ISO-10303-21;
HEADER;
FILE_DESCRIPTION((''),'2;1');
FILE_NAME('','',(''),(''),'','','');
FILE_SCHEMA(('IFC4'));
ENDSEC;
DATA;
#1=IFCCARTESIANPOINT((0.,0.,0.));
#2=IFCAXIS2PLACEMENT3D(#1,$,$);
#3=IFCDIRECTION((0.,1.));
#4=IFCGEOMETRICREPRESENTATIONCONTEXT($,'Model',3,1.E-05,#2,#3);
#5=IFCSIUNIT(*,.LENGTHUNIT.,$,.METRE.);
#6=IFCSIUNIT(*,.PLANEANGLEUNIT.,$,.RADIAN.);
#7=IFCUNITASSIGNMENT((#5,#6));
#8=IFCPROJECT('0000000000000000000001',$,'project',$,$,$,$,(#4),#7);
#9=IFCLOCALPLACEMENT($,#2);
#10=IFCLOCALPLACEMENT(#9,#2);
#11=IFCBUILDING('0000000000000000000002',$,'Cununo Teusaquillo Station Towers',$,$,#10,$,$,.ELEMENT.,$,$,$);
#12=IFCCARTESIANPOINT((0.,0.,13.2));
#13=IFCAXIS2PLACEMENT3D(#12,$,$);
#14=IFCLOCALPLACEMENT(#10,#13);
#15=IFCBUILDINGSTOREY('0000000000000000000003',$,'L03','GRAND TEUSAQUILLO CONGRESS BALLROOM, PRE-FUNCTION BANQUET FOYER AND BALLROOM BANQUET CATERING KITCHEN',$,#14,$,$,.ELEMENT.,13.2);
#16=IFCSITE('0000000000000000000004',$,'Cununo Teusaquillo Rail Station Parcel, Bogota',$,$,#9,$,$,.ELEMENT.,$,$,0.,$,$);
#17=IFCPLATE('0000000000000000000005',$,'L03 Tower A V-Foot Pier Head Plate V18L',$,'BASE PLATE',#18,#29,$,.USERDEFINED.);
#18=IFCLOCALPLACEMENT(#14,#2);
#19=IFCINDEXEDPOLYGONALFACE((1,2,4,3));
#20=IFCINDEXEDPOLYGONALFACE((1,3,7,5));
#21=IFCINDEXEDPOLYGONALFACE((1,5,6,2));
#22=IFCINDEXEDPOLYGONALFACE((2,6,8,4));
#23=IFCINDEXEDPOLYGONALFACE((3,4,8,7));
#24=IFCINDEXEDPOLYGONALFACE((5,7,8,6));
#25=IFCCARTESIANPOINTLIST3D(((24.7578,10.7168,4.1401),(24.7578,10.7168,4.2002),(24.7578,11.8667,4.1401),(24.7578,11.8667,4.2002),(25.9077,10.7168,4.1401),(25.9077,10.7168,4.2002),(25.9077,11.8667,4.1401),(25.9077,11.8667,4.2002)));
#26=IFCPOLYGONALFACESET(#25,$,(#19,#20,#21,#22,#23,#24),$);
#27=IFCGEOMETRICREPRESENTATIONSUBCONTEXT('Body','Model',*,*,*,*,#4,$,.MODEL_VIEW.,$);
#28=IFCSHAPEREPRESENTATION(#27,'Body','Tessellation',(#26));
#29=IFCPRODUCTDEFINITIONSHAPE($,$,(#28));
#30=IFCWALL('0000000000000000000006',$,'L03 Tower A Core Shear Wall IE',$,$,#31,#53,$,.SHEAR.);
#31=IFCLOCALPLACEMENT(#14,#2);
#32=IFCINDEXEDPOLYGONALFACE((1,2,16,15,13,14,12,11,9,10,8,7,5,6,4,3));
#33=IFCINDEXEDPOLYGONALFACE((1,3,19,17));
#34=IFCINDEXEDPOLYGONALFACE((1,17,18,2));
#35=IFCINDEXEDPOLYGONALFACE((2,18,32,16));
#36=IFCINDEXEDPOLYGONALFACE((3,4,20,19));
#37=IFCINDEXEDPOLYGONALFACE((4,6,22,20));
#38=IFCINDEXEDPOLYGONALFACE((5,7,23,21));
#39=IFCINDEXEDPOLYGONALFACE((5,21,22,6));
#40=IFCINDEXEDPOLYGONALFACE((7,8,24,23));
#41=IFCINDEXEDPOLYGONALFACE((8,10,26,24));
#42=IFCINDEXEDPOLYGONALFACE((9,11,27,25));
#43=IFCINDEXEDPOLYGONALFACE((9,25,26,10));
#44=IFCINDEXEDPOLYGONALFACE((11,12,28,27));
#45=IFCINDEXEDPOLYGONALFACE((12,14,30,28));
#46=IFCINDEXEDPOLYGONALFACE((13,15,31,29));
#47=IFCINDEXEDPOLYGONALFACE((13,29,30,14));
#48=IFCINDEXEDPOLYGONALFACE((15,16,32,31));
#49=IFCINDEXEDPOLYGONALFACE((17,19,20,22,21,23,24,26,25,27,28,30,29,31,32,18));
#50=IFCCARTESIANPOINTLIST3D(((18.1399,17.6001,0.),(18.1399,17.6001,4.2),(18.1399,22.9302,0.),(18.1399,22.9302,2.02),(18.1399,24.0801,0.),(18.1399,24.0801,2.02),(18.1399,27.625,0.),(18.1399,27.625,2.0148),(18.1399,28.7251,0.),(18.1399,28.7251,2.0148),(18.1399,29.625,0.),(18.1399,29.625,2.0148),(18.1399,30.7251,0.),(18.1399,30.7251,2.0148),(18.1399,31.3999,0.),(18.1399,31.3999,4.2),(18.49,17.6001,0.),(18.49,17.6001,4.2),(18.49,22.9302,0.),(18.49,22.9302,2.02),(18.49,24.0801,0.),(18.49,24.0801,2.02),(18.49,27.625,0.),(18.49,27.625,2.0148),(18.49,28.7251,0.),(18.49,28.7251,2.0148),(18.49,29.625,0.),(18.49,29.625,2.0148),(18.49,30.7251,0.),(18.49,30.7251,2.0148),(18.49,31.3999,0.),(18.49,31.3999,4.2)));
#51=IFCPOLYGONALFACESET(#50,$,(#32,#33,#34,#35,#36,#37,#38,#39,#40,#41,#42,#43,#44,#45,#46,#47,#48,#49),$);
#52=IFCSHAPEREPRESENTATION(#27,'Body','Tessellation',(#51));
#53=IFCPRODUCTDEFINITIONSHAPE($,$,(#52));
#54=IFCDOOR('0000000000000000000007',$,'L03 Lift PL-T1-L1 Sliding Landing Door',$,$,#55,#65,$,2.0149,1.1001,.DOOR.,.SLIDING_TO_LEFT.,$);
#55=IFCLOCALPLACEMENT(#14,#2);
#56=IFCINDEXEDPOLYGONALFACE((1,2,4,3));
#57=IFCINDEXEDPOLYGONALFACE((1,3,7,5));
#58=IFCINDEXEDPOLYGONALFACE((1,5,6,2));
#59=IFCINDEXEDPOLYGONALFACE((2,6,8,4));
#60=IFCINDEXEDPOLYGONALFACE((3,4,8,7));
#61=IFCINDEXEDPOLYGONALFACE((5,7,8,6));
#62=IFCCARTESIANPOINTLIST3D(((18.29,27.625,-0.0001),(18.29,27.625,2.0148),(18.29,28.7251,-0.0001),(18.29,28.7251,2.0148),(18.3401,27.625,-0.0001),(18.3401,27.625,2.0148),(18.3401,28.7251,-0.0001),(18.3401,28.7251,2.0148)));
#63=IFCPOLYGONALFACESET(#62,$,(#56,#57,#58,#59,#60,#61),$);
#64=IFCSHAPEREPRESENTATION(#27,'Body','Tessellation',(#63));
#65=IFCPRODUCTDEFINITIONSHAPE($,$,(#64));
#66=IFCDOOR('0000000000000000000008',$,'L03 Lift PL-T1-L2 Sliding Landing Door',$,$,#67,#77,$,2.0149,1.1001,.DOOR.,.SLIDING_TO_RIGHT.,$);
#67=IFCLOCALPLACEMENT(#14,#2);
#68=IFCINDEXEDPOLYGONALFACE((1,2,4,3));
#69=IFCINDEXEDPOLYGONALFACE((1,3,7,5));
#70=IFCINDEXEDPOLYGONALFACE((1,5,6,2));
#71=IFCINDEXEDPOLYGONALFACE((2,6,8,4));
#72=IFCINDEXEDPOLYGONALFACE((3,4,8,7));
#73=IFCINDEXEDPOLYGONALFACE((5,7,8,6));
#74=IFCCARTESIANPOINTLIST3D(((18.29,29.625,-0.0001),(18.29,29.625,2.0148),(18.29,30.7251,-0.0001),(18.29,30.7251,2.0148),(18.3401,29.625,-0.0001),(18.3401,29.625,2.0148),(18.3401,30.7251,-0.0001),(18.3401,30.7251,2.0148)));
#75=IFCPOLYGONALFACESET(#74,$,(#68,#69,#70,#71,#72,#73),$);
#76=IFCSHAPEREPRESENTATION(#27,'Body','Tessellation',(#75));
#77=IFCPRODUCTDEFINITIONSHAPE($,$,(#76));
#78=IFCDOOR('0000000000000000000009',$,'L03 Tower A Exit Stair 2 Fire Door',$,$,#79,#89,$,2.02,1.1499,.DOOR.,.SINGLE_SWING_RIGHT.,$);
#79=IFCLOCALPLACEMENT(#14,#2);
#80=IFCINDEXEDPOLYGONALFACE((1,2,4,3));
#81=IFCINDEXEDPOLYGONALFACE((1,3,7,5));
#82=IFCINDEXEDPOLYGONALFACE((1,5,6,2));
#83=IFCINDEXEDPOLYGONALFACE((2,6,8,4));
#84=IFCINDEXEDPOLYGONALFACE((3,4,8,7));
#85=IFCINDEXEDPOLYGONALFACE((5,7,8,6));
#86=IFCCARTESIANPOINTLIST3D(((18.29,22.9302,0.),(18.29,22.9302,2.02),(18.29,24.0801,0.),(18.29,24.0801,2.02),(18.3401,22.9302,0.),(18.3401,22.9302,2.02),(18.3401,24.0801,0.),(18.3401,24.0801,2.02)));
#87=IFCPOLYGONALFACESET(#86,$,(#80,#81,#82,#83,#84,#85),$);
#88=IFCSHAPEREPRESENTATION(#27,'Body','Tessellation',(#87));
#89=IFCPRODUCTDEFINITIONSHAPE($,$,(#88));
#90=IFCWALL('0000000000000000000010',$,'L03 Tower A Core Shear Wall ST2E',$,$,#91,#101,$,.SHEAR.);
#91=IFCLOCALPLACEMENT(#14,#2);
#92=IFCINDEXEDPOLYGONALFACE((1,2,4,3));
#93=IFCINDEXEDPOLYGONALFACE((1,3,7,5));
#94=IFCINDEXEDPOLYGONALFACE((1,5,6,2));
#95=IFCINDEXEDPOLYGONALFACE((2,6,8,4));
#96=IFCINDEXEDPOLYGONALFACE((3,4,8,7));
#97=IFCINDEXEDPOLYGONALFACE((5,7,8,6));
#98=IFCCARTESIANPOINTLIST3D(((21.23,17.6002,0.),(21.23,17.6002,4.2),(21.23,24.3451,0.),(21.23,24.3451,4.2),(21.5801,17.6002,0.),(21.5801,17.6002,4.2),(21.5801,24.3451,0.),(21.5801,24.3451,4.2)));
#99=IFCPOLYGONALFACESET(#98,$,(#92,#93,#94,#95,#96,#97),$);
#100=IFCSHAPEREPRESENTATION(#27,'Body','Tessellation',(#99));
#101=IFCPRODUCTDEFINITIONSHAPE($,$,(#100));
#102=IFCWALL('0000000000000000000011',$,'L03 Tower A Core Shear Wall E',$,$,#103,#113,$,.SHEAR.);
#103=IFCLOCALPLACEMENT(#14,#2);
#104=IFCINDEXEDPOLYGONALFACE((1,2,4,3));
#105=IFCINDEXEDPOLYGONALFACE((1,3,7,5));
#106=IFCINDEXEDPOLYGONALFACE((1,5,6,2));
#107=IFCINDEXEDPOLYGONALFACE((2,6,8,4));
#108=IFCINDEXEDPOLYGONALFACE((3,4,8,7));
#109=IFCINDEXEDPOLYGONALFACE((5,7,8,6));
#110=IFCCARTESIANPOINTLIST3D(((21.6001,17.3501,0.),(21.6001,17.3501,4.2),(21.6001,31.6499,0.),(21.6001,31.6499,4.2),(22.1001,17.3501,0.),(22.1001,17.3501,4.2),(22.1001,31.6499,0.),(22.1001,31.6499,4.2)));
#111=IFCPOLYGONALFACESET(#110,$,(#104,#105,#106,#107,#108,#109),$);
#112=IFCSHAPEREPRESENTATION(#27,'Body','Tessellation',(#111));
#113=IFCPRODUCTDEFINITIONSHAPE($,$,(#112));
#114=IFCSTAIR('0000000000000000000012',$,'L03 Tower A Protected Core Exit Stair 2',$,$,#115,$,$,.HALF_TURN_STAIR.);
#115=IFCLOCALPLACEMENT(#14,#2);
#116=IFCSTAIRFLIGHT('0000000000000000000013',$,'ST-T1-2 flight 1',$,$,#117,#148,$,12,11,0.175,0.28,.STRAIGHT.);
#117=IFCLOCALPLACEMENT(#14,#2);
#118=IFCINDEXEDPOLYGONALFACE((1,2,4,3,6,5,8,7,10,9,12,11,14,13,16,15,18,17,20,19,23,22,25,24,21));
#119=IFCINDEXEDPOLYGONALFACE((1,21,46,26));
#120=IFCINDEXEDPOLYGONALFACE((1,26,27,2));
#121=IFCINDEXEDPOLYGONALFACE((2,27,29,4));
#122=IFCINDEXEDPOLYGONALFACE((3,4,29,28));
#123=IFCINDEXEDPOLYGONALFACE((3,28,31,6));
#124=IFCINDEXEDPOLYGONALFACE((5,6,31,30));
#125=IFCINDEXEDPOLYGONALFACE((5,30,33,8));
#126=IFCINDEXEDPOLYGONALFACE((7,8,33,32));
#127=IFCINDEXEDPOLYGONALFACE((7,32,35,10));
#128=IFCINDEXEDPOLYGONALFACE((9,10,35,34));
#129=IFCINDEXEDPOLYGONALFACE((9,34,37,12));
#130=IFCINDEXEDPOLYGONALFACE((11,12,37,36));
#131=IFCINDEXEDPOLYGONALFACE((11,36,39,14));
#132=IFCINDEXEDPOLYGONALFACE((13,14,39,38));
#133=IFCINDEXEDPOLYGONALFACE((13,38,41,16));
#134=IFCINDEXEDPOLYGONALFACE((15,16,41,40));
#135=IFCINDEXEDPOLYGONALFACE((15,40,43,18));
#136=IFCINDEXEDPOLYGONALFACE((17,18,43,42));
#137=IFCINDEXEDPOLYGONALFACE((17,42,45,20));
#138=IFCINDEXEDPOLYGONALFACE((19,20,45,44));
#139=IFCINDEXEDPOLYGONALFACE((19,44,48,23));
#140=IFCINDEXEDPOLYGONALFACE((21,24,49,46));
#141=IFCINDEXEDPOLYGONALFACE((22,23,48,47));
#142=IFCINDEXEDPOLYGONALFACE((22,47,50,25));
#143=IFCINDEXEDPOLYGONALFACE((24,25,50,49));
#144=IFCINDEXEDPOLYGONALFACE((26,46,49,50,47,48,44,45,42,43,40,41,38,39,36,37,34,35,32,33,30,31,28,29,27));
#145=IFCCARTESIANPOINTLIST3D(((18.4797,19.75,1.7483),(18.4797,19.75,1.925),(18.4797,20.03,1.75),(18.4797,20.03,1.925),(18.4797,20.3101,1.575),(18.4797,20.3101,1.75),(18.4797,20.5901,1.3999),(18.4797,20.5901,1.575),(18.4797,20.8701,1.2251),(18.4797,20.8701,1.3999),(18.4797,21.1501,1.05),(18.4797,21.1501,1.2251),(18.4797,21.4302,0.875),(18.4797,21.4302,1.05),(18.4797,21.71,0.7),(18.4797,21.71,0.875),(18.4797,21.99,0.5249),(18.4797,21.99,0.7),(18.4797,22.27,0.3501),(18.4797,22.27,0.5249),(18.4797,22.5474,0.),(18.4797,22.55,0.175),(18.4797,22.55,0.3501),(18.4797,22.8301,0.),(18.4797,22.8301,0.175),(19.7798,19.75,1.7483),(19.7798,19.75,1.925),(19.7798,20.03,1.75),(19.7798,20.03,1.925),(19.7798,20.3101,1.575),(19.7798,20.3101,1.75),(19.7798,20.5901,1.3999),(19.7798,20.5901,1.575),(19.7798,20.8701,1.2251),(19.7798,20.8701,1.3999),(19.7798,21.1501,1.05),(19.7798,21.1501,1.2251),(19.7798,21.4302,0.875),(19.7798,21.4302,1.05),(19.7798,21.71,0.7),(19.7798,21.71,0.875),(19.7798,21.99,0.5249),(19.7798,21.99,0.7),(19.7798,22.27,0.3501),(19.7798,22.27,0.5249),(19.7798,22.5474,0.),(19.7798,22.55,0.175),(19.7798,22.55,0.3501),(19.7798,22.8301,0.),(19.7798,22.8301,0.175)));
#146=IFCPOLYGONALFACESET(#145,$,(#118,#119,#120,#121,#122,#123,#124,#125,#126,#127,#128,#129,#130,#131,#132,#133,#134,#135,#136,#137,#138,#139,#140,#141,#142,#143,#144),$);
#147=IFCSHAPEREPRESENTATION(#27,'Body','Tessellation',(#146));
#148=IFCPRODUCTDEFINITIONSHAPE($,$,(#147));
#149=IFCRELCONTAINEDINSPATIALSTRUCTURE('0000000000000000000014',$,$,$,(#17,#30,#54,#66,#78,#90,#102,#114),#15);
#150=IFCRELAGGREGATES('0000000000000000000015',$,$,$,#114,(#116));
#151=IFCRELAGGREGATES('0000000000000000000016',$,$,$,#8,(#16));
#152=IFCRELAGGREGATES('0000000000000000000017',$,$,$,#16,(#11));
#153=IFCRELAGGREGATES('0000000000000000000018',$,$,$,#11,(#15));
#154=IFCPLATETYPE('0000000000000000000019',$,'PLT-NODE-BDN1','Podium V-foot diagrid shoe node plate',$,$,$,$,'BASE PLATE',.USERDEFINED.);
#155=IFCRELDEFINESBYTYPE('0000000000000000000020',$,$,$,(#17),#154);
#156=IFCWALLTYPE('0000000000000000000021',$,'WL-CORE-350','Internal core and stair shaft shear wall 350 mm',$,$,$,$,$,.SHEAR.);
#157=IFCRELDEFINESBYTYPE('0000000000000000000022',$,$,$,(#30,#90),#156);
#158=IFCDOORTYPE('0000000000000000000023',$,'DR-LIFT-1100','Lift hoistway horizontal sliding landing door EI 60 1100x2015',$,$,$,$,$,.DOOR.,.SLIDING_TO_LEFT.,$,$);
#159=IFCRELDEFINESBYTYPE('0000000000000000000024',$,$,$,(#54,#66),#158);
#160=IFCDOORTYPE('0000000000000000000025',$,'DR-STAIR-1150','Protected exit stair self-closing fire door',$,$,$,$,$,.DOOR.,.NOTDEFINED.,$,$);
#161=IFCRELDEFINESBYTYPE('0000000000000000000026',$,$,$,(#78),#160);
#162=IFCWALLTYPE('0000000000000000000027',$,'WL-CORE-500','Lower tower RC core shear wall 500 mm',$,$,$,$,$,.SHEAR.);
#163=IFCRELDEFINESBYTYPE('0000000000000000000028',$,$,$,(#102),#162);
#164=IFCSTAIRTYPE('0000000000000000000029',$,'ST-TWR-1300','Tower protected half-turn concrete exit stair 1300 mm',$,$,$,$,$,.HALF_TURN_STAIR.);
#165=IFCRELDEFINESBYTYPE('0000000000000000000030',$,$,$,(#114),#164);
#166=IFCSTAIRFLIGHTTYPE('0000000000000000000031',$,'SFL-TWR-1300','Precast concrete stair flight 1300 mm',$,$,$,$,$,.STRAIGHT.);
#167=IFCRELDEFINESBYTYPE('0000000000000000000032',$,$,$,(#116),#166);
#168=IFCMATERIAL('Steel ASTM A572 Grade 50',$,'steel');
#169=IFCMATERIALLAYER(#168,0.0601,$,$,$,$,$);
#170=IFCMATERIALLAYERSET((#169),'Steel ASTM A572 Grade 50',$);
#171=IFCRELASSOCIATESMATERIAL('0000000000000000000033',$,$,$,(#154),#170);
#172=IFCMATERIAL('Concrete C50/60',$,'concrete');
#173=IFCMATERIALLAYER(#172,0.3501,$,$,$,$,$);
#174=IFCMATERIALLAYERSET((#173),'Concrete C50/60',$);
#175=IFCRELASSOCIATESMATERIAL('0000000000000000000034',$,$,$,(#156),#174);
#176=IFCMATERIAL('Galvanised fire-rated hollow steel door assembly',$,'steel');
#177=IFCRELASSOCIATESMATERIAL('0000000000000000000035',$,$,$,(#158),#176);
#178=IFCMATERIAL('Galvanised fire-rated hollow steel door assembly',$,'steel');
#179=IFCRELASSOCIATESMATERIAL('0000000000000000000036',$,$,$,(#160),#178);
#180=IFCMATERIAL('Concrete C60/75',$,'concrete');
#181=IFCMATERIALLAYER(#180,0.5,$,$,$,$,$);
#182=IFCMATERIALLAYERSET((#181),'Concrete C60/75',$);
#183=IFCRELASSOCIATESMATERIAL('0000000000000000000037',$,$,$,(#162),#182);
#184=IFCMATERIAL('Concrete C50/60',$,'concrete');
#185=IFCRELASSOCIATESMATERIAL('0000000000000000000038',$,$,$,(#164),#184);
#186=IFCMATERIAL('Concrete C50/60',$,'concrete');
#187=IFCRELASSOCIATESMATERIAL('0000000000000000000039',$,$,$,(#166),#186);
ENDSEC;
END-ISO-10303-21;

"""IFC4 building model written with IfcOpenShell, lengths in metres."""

from ifc_helpers import new_model, si_unit, direction, frame, frame_2d, origin, origin_2d, place, context, subcontext, project, spatial, polyline, rectangle, outline, extrude, source, transform, mapped, material, layer, layer_set, type_object, element, fill, aggregate, save


model = new_model("IFC4")

# Units and contexts
model_context = context("Model", 3, precision=1e-05, world=origin(), true_north=direction((0.0, 1.0)))
body_context = subcontext(model_context, "Body", "Model", "MODEL_VIEW")
ifc_project = project(units=[si_unit("LENGTHUNIT", "METRE"), si_unit("PLANEANGLEUNIT", "RADIAN")], contexts=[model_context])

# Site, building, storey
site_placement = place(None, origin())
site = spatial("IfcSite", under=ifc_project, at=site_placement, Name="Cununo Teusaquillo Rail Station Parcel, Bogota", CompositionType="ELEMENT", RefElevation=0.0)
building_placement = place(site_placement, origin())
building = spatial("IfcBuilding", under=site, at=building_placement, Name="Cununo Teusaquillo Station Towers", CompositionType="ELEMENT")
storey_placement = place(building_placement, frame((0.0, 0.0, 13.2)))
storey = spatial("IfcBuildingStorey", under=building, at=storey_placement, Name="L03", Description="GRAND TEUSAQUILLO CONGRESS BALLROOM, PRE-FUNCTION BANQUET FOYER AND BALLROOM BANQUET CATERING KITCHEN", CompositionType="ELEMENT", Elevation=13.2)

# Plate
ifc_material_1 = material(Name="Steel ASTM A572 Grade 50", Category="steel")
ifc_layer_1 = layer(ifc_material_1, 0.0601)
ifc_layer_set_1 = layer_set([ifc_layer_1], Name="Steel ASTM A572 Grade 50")
plate_type = type_object("IfcPlateType", Name="PLT-NODE-BDN1", Description="Podium V-foot diagrid shoe node plate", ElementType="BASE PLATE", PredefinedType="USERDEFINED", material=ifc_layer_set_1)
shared_shape_1 = source(origin(), body_context, "Body", "SweptSolid", [
    extrude(rectangle(XDim=1.1499, YDim=1.1499, at=origin_2d()), origin(), (0.0, 0.0, 1.0), 0.0601),
])
for number, where, z_axis, x_axis, name in (
    (1, (25.3328, 11.2917, 4.1401), (0.0, 0.0, 1.0), (1.0, 0.0, 0.0), "L03 Tower A V-Foot Pier Head Plate V18L"),
):
    element("IfcPlate", number, at=place(storey_placement, frame(where, z_axis=z_axis, x_axis=x_axis)), inside=storey, type_object=plate_type, Name=name, ObjectType="BASE PLATE", PredefinedType="USERDEFINED", context=body_context, shape_type="MappedRepresentation", body=[
        mapped(shared_shape_1, transform((0.0, 0.0, 0.0), x_axis=(1.0, 0.0, 0.0), y_axis=(0.0, 1.0, 0.0), z_axis=(0.0, 0.0, 1.0), scale=1.0)),
    ])

# Wall, openings, doors
ifc_material_2 = material(Name="Concrete C50/60", Category="concrete")
ifc_layer_2 = layer(ifc_material_2, 0.3501)
ifc_layer_set_2 = layer_set([ifc_layer_2], Name="Concrete C50/60")
wall_type_1 = type_object("IfcWallType", Name="WL-CORE-350", Description="Internal core and stair shaft shear wall 350 mm", PredefinedType="SHEAR", material=ifc_layer_set_2)
wall_1_placement = place(storey_placement, frame((18.3149, 17.6001, 0.0), z_axis=(0.0, 0.0, 1.0), x_axis=(0.0, 1.0, 0.0)))
wall_1 = element("IfcWall", 2, at=wall_1_placement, inside=storey, type_object=wall_type_1, Name="L03 Tower A Core Shear Wall IE", PredefinedType="SHEAR", context=body_context, shape_type="SweptSolid", body=[
    extrude(rectangle(XDim=13.7998, YDim=0.3501, at=frame_2d((6.8999, 0.0))), origin(), (0.0, 0.0, 1.0), 4.2),
])
shared_shape_2 = source(origin(), body_context, "Body", "SweptSolid", [
    extrude(rectangle(XDim=1.1001, YDim=2.0149, at=frame_2d((0.55, 1.0073))), frame((0.0, 0.1851, 0.0), z_axis=(0.0, -1.0, 0.0), x_axis=(1.0, 0.0, 0.0)), (0.0, 0.0, 1.0), 0.3701),
])
opening_1_placement = place(wall_1_placement, frame((10.0249, 0.0, 0.0)))
opening_1 = element("IfcOpeningElement", 3, at=opening_1_placement, cuts=wall_1, PredefinedType="OPENING", context=body_context, shape_type="MappedRepresentation", body=[
    mapped(shared_shape_2, transform((0.0, 0.0, 0.0), x_axis=(1.0, 0.0, 0.0), y_axis=(0.0, 1.0, 0.0), z_axis=(0.0, 0.0, 1.0), scale=1.0)),
])
opening_2_placement = place(wall_1_placement, frame((12.0249, 0.0, 0.0)))
opening_2 = element("IfcOpeningElement", 4, at=opening_2_placement, cuts=wall_1, PredefinedType="OPENING", context=body_context, shape_type="MappedRepresentation", body=[
    mapped(shared_shape_2, transform((0.0, 0.0, 0.0), x_axis=(1.0, 0.0, 0.0), y_axis=(0.0, 1.0, 0.0), z_axis=(0.0, 0.0, 1.0), scale=1.0)),
])
shared_shape_3 = source(origin(), body_context, "Body", "SweptSolid", [
    extrude(rectangle(XDim=1.1499, YDim=2.02, at=frame_2d((0.575, 1.01))), frame((0.0, 0.1851, 0.0), z_axis=(0.0, -1.0, 0.0), x_axis=(1.0, 0.0, 0.0)), (0.0, 0.0, 1.0), 0.3701),
])
opening_3_placement = place(wall_1_placement, frame((5.3301, 0.0, 0.0)))
opening_3 = element("IfcOpeningElement", 5, at=opening_3_placement, cuts=wall_1, PredefinedType="OPENING", context=body_context, shape_type="MappedRepresentation", body=[
    mapped(shared_shape_3, transform((0.0, 0.0, 0.0), x_axis=(1.0, 0.0, 0.0), y_axis=(0.0, 1.0, 0.0), z_axis=(0.0, 0.0, 1.0), scale=1.0)),
])
ifc_material_3 = material(Name="Galvanised fire-rated hollow steel door assembly", Category="steel")
door_type_1 = type_object("IfcDoorType", Name="DR-LIFT-1100", Description="Lift hoistway horizontal sliding landing door EI 60 1100x2015", OperationType="SLIDING_TO_LEFT", PredefinedType="DOOR", material=ifc_material_3)
shared_shape_4 = source(origin(), body_context, "Body", "SweptSolid", [
    extrude(rectangle(XDim=1.1001, YDim=2.0149, at=frame_2d((0.55, 1.0073))), frame((0.0, 0.0249, 0.0), z_axis=(0.0, -1.0, 0.0), x_axis=(1.0, 0.0, 0.0)), (0.0, 0.0, 1.0), 0.05),
])
door_1_placement = place(opening_1_placement, origin())
door_1 = element("IfcDoor", 6, at=door_1_placement, inside=storey, type_object=door_type_1, Name="L03 Lift PL-T1-L1 Sliding Landing Door", OperationType="SLIDING_TO_LEFT", OverallHeight=2.0149, OverallWidth=1.1001, PredefinedType="DOOR", context=body_context, shape_type="MappedRepresentation", body=[
    mapped(shared_shape_4, transform((0.0, 0.0, 0.0), x_axis=(1.0, 0.0, 0.0), y_axis=(0.0, 1.0, 0.0), z_axis=(0.0, 0.0, 1.0), scale=1.0)),
])
fill(opening_1, door_1)
door_2_placement = place(opening_2_placement, origin())
door_2 = element("IfcDoor", 7, at=door_2_placement, inside=storey, type_object=door_type_1, Name="L03 Lift PL-T1-L2 Sliding Landing Door", OperationType="SLIDING_TO_RIGHT", OverallHeight=2.0149, OverallWidth=1.1001, PredefinedType="DOOR", context=body_context, shape_type="MappedRepresentation", body=[
    mapped(shared_shape_4, transform((0.0, 0.0, 0.0), x_axis=(1.0, 0.0, 0.0), y_axis=(0.0, 1.0, 0.0), z_axis=(0.0, 0.0, 1.0), scale=1.0)),
])
fill(opening_2, door_2)
ifc_material_4 = material(Name="Galvanised fire-rated hollow steel door assembly", Category="steel")
door_type_2 = type_object("IfcDoorType", Name="DR-STAIR-1150", Description="Protected exit stair self-closing fire door", OperationType="NOTDEFINED", PredefinedType="DOOR", material=ifc_material_4)
shared_shape_5 = source(origin(), body_context, "Body", "SweptSolid", [
    extrude(rectangle(XDim=1.1499, YDim=2.02, at=frame_2d((0.575, 1.01))), frame((0.0, 0.0249, 0.0), z_axis=(0.0, -1.0, 0.0), x_axis=(1.0, 0.0, 0.0)), (0.0, 0.0, 1.0), 0.05),
])
door_3_placement = place(opening_3_placement, origin())
door_3 = element("IfcDoor", 8, at=door_3_placement, inside=storey, type_object=door_type_2, Name="L03 Tower A Exit Stair 2 Fire Door", OperationType="SINGLE_SWING_RIGHT", OverallHeight=2.02, OverallWidth=1.1499, PredefinedType="DOOR", context=body_context, shape_type="MappedRepresentation", body=[
    mapped(shared_shape_5, transform((0.0, 0.0, 0.0), x_axis=(1.0, 0.0, 0.0), y_axis=(0.0, 1.0, 0.0), z_axis=(0.0, 0.0, 1.0), scale=1.0)),
])
fill(opening_3, door_3)

# Walls
wall_2_placement = place(storey_placement, frame((21.405, 17.6001, 0.0), z_axis=(0.0, 0.0, 1.0), x_axis=(0.0, 1.0, 0.0)))
element("IfcWall", 9, at=wall_2_placement, inside=storey, type_object=wall_type_1, Name="L03 Tower A Core Shear Wall ST2E", PredefinedType="SHEAR", context=body_context, shape_type="SweptSolid", body=[
    extrude(rectangle(XDim=6.7449, YDim=0.3501, at=frame_2d((3.3726, 0.0))), origin(), (0.0, 0.0, 1.0), 4.2),
])
ifc_material_5 = material(Name="Concrete C60/75", Category="concrete")
ifc_layer_3 = layer(ifc_material_5, 0.5)
ifc_layer_set_3 = layer_set([ifc_layer_3], Name="Concrete C60/75")
wall_type_2 = type_object("IfcWallType", Name="WL-CORE-500", Description="Lower tower RC core shear wall 500 mm", PredefinedType="SHEAR", material=ifc_layer_set_3)
wall_3_placement = place(storey_placement, frame((21.8501, 17.3501, 0.0), z_axis=(0.0, 0.0, 1.0), x_axis=(0.0, 1.0, 0.0)))
element("IfcWall", 10, at=wall_3_placement, inside=storey, type_object=wall_type_2, Name="L03 Tower A Core Shear Wall E", PredefinedType="SHEAR", context=body_context, shape_type="SweptSolid", body=[
    extrude(rectangle(XDim=14.2998, YDim=0.5, at=frame_2d((7.1499, 0.0))), origin(), (0.0, 0.0, 1.0), 4.2),
])

# Stair, stair flight
ifc_material_6 = material(Name="Concrete C50/60", Category="concrete")
stair_type = type_object("IfcStairType", Name="ST-TWR-1300", Description="Tower protected half-turn concrete exit stair 1300 mm", PredefinedType="HALF_TURN_STAIR", material=ifc_material_6)
stair_placement = place(storey_placement, origin())
stair = element("IfcStair", 11, at=stair_placement, inside=storey, type_object=stair_type, Name="L03 Tower A Protected Core Exit Stair 2", PredefinedType="HALF_TURN_STAIR")
ifc_material_7 = material(Name="Concrete C50/60", Category="concrete")
stair_flight_type = type_object("IfcStairFlightType", Name="SFL-TWR-1300", Description="Precast concrete stair flight 1300 mm", PredefinedType="STRAIGHT", material=ifc_material_7)
stair_flight_1_placement = place(storey_placement, frame((19.1299, 22.8301, 0.0), z_axis=(0.0, 0.0, 1.0), x_axis=(0.0, -1.0, 0.0)))
stair_flight_1 = element("IfcStairFlight", 12, at=stair_flight_1_placement, type_object=stair_flight_type, Name="ST-T1-2 flight 1", NumberOfRisers=12, NumberOfTreads=11, PredefinedType="STRAIGHT", RiserHeight=0.175, TreadLength=0.28, context=body_context, shape_type="SweptSolid", body=[
    extrude(outline(polyline([(0.0, 0.0), (0.0, 0.175), (0.28, 0.175), (0.28, 0.3501), (0.5601, 0.3501), (0.5601, 0.5249), (0.8401, 0.5249), (0.8401, 0.7), (1.1201, 0.7), (1.1201, 0.875), (1.3999, 0.875), (1.3999, 1.05), (1.6799, 1.05), (1.6799, 1.2251), (1.96, 1.2251), (1.96, 1.3999), (2.24, 1.3999), (2.24, 1.575), (2.52, 1.575), (2.52, 1.75), (2.8, 1.75), (2.8, 1.925), (3.0801, 1.925), (3.0801, 2.1001), (3.0801, 1.7483), (0.2827, 0.0), (0.0, 0.0)])), frame((0.0, 0.6499, 0.0), z_axis=(0.0, -1.0, 0.0), x_axis=(1.0, 0.0, 0.0)), (0.0, 0.0, 1.0), 1.3),
])
aggregate(stair, [stair_flight_1])

save(model, "model.ifc")
